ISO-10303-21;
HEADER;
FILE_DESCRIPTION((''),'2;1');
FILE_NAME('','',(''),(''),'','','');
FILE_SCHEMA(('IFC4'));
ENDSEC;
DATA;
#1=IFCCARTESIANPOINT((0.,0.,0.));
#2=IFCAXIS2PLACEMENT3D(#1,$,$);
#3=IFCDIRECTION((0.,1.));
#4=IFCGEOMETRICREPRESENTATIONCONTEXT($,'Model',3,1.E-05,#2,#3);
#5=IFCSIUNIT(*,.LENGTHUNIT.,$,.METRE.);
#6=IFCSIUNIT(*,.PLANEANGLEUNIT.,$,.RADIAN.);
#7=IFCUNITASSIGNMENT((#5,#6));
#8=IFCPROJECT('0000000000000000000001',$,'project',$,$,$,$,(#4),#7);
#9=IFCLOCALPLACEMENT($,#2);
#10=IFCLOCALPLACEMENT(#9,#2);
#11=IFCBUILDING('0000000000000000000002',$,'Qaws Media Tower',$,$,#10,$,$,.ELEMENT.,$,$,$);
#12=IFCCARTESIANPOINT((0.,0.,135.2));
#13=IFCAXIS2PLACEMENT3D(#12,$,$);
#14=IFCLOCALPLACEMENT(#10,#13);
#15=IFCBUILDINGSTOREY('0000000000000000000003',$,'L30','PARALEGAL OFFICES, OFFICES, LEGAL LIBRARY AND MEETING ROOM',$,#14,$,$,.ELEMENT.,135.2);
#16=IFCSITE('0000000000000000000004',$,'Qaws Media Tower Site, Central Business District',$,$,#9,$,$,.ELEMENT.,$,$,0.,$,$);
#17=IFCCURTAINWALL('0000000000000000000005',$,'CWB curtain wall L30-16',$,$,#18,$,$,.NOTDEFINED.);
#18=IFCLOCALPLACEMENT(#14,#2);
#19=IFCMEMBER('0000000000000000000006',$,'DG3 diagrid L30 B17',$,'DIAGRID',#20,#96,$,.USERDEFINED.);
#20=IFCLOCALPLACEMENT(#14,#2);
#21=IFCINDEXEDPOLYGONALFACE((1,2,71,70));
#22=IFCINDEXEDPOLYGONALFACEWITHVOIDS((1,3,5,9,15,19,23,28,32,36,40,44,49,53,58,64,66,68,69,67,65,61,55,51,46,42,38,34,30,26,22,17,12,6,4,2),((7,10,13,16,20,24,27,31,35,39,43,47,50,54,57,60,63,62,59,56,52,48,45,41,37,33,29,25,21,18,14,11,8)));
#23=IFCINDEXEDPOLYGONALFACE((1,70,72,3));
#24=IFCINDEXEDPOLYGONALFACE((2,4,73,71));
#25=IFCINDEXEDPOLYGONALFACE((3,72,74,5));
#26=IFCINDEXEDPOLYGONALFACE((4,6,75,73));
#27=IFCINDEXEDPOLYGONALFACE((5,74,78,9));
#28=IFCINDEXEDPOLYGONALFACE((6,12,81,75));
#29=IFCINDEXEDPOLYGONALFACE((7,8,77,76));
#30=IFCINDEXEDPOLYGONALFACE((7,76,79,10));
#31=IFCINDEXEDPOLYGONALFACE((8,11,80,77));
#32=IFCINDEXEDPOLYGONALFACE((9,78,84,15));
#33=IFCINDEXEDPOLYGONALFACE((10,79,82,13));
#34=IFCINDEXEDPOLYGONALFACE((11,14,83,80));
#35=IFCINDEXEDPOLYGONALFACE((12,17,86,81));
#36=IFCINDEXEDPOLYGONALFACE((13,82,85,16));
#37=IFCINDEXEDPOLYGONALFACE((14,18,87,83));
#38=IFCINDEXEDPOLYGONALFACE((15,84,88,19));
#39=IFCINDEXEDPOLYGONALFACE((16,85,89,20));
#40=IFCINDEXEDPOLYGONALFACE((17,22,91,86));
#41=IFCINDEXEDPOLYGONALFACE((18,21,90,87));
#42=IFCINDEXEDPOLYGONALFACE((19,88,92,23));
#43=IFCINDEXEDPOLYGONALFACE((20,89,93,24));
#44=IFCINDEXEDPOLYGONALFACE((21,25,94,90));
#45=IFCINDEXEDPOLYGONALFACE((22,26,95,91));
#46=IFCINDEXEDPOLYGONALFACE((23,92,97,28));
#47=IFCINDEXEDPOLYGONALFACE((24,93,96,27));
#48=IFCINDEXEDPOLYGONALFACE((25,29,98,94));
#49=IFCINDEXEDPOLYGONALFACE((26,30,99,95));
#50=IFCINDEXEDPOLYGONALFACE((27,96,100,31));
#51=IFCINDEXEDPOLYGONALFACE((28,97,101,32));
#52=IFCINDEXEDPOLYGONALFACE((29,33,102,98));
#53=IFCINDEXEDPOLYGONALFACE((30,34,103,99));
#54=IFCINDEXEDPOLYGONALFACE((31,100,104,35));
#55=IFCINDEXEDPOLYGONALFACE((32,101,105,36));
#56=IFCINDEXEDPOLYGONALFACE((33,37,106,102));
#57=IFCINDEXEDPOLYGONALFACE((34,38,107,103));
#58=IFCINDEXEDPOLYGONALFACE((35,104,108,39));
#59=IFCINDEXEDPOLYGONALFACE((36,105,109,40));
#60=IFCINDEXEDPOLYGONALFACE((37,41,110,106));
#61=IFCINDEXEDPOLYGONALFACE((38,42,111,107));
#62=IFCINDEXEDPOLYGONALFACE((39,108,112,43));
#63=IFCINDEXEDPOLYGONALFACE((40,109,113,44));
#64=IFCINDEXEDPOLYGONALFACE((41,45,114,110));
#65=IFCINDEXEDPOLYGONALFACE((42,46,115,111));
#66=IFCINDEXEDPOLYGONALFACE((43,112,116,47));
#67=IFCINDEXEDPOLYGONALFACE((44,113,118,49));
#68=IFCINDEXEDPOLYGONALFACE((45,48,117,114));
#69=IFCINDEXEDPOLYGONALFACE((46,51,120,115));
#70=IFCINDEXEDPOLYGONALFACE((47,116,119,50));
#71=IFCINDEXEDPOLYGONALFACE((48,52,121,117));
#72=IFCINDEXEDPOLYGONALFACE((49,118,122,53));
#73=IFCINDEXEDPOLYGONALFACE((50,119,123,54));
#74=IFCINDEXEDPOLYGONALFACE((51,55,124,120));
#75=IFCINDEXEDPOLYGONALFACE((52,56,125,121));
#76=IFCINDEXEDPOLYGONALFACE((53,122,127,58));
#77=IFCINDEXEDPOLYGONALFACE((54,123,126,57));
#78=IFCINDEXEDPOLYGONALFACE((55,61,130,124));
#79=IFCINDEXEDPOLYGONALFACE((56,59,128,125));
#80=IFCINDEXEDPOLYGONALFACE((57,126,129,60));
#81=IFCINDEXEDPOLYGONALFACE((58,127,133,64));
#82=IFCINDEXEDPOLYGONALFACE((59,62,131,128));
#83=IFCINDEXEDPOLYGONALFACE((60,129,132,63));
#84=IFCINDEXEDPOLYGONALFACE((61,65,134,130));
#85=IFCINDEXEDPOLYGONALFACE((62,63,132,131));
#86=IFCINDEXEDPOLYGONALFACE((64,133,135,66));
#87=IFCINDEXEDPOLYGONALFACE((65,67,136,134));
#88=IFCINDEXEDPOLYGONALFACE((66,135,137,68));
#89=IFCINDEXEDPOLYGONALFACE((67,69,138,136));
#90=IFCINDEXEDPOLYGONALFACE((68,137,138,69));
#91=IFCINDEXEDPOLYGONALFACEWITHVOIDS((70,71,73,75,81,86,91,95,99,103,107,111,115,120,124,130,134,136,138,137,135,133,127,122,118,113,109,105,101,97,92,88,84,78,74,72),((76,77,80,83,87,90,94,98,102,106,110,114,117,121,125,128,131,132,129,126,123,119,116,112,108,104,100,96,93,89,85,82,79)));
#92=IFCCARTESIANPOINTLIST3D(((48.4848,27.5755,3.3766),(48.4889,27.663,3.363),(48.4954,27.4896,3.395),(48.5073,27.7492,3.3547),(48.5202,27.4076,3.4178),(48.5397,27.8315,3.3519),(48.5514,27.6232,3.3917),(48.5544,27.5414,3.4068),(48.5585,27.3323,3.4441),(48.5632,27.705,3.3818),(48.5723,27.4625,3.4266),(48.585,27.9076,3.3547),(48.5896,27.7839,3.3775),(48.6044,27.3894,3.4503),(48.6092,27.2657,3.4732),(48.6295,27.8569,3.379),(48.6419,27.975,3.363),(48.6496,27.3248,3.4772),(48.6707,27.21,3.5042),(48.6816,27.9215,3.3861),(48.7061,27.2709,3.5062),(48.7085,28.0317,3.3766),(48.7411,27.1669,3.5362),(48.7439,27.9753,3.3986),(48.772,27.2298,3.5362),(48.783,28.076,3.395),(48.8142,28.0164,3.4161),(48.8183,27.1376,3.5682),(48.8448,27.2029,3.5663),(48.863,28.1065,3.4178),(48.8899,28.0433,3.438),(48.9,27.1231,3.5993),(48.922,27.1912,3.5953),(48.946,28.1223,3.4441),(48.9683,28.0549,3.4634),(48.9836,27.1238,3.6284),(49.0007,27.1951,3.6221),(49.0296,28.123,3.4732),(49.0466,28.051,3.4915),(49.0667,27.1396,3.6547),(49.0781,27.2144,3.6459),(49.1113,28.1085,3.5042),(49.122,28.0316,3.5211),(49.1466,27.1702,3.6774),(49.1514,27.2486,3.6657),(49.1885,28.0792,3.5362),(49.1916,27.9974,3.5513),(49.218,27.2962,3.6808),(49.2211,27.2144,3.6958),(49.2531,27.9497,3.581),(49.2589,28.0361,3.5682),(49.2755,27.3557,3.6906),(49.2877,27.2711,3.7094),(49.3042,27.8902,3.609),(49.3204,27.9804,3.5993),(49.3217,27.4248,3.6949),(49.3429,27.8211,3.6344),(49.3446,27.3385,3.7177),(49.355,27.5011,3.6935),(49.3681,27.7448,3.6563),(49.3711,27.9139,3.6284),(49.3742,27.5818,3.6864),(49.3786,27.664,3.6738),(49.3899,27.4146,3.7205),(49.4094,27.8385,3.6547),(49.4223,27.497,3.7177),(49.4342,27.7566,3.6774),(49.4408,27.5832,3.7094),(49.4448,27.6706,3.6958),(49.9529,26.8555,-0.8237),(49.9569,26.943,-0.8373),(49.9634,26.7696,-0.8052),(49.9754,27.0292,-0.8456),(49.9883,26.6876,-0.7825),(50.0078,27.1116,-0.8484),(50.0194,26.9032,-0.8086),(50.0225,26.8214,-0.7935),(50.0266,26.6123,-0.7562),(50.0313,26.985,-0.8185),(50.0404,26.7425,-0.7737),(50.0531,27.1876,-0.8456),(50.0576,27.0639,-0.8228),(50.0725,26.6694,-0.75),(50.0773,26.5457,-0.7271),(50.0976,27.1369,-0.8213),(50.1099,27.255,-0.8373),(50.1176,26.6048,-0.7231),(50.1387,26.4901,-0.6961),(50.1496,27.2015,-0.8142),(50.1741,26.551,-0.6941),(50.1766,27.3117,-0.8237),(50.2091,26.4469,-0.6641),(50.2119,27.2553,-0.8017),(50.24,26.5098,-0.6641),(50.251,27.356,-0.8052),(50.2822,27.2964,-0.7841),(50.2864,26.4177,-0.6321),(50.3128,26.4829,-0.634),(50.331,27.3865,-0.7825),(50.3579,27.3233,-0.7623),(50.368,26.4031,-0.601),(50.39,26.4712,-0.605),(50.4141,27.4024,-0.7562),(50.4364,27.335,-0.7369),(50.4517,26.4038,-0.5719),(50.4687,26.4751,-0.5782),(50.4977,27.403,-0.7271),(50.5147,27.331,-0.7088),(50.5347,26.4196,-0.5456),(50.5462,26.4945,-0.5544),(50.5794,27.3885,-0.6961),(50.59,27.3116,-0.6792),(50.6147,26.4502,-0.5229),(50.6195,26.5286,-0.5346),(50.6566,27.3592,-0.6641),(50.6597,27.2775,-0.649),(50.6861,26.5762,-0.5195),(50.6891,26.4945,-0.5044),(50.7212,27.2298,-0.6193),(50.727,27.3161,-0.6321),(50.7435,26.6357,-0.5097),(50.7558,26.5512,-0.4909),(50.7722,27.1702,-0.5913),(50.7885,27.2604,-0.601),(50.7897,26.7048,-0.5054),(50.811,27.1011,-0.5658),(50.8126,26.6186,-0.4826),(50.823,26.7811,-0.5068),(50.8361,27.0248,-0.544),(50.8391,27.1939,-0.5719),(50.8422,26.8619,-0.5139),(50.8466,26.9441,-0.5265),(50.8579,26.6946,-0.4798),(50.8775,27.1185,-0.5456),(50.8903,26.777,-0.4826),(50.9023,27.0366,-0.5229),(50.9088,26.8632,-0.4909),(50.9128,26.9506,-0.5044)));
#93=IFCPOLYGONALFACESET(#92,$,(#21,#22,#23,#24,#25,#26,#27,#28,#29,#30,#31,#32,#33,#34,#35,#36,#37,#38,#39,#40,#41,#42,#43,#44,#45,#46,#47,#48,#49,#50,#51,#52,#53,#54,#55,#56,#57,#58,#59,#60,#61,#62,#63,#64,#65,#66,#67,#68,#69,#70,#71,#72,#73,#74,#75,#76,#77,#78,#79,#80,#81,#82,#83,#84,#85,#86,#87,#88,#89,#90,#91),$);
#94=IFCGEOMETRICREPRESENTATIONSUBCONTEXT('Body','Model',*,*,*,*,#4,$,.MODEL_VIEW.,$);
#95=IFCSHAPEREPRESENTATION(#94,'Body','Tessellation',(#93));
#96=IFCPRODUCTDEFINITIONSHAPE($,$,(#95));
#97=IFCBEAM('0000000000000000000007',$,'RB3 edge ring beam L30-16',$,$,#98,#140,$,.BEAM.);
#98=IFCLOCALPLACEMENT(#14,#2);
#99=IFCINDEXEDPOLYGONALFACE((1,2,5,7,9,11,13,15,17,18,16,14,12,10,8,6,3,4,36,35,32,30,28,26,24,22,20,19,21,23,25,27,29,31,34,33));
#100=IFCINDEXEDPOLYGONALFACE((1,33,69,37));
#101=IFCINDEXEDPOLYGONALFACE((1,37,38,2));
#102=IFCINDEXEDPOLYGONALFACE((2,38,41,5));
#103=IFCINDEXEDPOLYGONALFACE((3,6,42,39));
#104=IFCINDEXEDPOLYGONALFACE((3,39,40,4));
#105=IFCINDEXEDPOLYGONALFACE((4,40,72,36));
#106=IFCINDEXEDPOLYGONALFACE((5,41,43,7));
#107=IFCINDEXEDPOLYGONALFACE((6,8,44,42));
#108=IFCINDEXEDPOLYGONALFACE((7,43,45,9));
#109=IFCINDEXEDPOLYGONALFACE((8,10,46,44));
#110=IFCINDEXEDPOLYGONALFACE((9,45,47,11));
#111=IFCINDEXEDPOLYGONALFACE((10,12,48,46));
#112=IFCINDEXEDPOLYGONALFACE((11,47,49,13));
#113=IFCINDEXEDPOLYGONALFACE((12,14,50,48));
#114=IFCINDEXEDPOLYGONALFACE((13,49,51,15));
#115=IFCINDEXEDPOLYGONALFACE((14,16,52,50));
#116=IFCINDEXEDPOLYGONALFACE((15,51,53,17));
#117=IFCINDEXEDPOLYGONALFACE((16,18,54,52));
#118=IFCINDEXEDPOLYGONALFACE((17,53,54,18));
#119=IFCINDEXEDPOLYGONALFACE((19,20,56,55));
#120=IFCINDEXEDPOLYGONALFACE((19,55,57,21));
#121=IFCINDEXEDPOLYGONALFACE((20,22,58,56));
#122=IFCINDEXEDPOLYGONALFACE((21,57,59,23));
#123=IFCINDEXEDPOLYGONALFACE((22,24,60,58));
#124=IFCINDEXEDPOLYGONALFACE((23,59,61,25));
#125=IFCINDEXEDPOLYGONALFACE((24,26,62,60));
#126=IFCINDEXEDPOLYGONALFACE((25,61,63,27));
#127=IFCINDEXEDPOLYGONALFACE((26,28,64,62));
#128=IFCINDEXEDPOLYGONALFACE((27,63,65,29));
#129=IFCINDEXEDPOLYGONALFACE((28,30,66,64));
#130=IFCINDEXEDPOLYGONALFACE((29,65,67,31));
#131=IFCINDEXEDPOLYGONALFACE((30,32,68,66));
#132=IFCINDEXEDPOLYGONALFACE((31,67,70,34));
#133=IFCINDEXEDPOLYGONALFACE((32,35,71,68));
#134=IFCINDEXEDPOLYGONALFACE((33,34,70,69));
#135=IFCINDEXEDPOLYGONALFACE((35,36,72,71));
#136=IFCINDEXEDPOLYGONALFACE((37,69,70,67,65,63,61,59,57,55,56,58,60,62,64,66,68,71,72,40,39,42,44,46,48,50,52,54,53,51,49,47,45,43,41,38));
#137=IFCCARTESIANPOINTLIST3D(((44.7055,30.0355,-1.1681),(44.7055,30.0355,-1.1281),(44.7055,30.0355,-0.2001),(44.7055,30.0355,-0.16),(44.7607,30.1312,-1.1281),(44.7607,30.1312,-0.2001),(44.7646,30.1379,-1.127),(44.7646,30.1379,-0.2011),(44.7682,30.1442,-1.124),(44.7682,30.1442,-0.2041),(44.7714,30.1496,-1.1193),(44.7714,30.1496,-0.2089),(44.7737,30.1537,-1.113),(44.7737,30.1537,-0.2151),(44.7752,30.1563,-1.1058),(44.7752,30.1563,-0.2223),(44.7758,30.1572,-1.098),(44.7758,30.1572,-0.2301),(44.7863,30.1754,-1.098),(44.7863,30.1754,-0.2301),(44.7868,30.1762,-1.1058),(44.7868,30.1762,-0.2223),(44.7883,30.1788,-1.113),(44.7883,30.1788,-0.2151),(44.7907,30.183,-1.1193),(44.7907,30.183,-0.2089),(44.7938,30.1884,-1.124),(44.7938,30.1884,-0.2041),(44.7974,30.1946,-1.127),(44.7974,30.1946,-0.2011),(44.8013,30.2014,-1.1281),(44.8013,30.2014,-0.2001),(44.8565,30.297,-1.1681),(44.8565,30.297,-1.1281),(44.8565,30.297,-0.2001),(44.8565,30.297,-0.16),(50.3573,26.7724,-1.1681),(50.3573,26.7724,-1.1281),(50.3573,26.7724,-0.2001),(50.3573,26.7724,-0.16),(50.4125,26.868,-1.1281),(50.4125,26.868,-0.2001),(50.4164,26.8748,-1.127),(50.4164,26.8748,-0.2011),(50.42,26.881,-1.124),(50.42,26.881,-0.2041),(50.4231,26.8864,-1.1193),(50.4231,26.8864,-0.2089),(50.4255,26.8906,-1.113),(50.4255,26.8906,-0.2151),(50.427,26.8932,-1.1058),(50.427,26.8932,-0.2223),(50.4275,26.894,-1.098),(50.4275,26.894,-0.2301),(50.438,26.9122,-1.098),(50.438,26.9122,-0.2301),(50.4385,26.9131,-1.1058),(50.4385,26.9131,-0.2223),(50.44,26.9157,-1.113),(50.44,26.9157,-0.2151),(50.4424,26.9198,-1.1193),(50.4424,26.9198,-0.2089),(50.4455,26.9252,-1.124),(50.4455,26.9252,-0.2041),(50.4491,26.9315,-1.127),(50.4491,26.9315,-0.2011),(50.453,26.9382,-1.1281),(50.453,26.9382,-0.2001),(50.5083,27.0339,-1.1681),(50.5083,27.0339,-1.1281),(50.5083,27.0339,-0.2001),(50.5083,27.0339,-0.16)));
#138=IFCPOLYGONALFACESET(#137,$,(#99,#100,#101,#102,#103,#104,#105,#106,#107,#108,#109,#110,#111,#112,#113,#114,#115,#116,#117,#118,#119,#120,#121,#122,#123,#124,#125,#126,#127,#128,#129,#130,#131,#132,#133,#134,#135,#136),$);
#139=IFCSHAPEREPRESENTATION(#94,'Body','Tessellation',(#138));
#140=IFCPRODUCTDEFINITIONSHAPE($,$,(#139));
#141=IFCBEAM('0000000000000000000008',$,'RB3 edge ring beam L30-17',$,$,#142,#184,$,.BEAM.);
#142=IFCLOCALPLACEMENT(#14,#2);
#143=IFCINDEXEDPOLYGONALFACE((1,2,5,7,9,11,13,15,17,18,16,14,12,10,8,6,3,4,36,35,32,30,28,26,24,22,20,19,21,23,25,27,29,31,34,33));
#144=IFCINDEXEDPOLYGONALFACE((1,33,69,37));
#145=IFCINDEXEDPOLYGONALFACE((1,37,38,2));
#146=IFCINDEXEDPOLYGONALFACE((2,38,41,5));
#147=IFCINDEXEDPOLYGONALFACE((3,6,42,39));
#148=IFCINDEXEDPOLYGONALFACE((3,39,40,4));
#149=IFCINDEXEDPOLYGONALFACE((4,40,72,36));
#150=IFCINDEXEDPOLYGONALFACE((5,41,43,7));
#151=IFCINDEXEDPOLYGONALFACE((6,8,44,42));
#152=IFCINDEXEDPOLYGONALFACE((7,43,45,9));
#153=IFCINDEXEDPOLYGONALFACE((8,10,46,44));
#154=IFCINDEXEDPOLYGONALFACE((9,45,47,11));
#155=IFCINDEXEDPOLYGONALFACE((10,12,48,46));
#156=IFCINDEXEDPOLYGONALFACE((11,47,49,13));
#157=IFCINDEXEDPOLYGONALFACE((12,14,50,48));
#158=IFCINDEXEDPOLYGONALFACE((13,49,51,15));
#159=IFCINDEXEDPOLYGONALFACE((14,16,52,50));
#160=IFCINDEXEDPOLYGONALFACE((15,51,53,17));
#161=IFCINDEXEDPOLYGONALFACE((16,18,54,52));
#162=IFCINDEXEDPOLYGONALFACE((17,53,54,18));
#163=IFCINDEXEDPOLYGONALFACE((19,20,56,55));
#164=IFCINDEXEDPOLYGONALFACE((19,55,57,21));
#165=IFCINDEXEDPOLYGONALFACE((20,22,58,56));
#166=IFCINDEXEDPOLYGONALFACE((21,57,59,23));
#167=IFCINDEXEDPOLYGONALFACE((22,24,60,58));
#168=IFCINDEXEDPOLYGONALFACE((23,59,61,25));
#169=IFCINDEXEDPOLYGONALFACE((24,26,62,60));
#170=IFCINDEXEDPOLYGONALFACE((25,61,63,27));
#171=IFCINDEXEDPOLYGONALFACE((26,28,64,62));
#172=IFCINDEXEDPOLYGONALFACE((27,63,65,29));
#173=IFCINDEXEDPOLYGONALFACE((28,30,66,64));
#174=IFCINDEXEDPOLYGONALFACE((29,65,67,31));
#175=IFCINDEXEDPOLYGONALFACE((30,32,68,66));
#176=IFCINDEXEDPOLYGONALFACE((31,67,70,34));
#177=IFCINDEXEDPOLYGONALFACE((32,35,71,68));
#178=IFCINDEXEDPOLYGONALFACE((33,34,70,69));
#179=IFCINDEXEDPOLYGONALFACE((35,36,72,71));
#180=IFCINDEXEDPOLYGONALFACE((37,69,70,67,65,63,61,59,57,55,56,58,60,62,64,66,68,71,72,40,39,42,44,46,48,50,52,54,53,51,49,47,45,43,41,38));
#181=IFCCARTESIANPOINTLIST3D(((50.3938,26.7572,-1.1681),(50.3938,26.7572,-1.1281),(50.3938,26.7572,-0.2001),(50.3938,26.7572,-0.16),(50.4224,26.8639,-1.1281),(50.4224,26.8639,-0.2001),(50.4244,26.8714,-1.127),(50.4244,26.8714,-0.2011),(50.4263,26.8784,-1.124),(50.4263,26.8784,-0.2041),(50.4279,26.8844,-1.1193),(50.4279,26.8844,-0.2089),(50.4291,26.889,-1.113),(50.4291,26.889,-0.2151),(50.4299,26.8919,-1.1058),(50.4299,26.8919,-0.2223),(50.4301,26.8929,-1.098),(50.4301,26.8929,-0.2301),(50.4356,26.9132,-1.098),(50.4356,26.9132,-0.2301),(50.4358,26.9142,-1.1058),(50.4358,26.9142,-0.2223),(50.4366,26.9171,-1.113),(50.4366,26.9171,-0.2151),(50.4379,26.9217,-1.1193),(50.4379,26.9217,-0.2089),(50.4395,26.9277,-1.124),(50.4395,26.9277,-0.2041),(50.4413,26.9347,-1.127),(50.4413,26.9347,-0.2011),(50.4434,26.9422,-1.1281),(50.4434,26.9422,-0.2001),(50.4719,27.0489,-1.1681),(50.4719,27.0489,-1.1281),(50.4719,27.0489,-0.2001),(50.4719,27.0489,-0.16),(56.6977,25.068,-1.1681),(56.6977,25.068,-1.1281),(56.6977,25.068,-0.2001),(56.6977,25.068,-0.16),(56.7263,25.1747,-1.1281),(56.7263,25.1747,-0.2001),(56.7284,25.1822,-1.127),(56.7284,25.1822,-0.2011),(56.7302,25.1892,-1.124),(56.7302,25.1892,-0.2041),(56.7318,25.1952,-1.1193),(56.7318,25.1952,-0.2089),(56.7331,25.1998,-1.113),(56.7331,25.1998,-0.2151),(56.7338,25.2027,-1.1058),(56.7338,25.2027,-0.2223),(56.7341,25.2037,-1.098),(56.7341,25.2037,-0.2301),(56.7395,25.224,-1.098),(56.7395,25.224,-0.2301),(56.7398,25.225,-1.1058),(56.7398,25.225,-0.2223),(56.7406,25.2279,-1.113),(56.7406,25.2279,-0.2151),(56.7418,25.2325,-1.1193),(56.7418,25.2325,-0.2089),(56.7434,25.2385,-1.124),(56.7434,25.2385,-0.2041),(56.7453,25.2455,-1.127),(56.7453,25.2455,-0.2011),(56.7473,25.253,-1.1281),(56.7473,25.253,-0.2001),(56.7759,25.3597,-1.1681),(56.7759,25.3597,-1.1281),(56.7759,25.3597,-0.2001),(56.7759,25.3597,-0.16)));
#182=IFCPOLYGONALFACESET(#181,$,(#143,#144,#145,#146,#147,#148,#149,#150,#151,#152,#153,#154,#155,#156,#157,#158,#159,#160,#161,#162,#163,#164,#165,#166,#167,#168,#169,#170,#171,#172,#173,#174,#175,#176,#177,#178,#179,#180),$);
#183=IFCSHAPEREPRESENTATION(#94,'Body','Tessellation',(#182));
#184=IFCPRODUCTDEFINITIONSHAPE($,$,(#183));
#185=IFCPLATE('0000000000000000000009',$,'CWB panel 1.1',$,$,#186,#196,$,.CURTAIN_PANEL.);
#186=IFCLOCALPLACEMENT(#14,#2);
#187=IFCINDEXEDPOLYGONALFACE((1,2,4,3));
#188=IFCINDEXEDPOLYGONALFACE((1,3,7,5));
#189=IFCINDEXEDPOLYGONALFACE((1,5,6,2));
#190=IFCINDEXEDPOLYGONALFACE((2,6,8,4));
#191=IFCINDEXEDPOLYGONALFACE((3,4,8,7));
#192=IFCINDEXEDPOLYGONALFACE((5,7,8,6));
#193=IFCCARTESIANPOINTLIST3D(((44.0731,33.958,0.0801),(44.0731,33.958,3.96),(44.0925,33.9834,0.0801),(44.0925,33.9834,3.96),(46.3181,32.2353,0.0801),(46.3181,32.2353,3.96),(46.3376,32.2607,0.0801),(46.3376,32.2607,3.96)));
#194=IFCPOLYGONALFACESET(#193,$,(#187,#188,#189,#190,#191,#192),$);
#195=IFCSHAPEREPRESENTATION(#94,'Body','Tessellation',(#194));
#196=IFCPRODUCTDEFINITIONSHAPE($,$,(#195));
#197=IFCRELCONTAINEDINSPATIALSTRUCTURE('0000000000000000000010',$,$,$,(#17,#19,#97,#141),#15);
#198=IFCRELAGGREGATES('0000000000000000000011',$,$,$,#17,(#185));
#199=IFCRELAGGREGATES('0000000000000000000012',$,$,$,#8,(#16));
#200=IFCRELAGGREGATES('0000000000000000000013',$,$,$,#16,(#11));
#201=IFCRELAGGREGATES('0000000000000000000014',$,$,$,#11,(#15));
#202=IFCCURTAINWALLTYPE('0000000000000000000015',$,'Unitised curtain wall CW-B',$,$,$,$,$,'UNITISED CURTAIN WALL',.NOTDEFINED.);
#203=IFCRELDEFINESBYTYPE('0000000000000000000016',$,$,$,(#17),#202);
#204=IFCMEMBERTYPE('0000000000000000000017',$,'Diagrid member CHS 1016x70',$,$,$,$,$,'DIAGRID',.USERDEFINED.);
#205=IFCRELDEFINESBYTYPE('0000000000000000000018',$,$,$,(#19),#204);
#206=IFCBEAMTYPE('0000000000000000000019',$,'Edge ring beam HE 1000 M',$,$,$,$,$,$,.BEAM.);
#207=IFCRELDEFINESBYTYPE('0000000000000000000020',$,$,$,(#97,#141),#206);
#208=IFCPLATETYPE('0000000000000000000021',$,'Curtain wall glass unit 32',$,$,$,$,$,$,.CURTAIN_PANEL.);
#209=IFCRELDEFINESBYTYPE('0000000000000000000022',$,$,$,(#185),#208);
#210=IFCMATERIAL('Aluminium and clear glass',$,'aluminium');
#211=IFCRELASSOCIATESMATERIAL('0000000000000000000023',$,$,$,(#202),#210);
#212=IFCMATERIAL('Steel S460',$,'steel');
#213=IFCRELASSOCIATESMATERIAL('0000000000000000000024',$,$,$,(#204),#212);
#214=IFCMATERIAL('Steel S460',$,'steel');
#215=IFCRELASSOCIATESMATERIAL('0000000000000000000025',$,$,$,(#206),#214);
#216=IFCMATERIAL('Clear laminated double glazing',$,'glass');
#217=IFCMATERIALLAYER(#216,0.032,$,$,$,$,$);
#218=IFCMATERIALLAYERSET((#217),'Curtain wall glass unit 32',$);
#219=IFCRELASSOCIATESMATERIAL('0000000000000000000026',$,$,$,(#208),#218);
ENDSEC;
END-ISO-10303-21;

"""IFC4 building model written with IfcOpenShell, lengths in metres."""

from ifc_helpers import new_model, si_unit, direction, frame, origin, origin_2d, place, context, subcontext, project, spatial, rectangle, hollow_circle, i_section, extrude, material, layer, layer_set, material_profile, profile_set, type_object, element, aggregate, save


model = new_model("IFC4")

# Units and contexts
model_context = context("Model", 3, precision=1e-05, world=origin(), true_north=direction((0.0, 1.0)))
body_context = subcontext(model_context, "Body", "Model", "MODEL_VIEW")
ifc_project = project(units=[si_unit("LENGTHUNIT", "METRE"), si_unit("PLANEANGLEUNIT", "RADIAN")], contexts=[model_context])

# Site, building, storey
site_placement = place(None, origin())
site = spatial("IfcSite", under=ifc_project, at=site_placement, Name="Qaws Media Tower Site, Central Business District", CompositionType="ELEMENT", RefElevation=0.0)
building_placement = place(site_placement, origin())
building = spatial("IfcBuilding", under=site, at=building_placement, Name="Qaws Media Tower", CompositionType="ELEMENT")
storey_placement = place(building_placement, frame((0.0, 0.0, 135.2)))
storey = spatial("IfcBuildingStorey", under=building, at=storey_placement, Name="L30", Description="PARALEGAL OFFICES, OFFICES, LEGAL LIBRARY AND MEETING ROOM", CompositionType="ELEMENT", Elevation=135.2)

# Shared definitions
ifc_material_1 = material(Name="Aluminium and clear glass", Category="aluminium")
curtain_wall_type = type_object("IfcCurtainWallType", Name="Unitised curtain wall CW-B", ElementType="UNITISED CURTAIN WALL", PredefinedType="NOTDEFINED", material=ifc_material_1)

# Curtain wall
curtain_wall_1_placement = place(storey_placement, origin())
curtain_wall_1 = element("IfcCurtainWall", 1, at=curtain_wall_1_placement, inside=storey, type_object=curtain_wall_type, Name="CWB curtain wall L30-16", PredefinedType="NOTDEFINED")

# Member
ifc_material_2 = material(Name="Steel S460", Category="steel")
ifc_material_profile_1 = material_profile(ifc_material_2, hollow_circle(Radius=0.5081, WallThickness=0.0701, at=origin_2d()), Name="CHS 1016x70")
ifc_profile_set_1 = profile_set([ifc_material_profile_1], Name="Steel S460")
member_type_1 = type_object("IfcMemberType", Name="Diagrid member CHS 1016x70", ElementType="DIAGRID", PredefinedType="USERDEFINED", material=ifc_profile_set_1)
for number, where, z_axis, x_axis, name in (
    (2, (50.4329, 26.9031, -0.6641), (-0.325703, 0.159737, 0.931881), (-0.440332, -0.897835, 0.0), "DG3 diagrid L30 B17"),
):
    element("IfcMember", number, at=place(storey_placement, frame(where, z_axis=z_axis, x_axis=x_axis)), inside=storey, type_object=member_type_1, Name=name, ObjectType="DIAGRID", PredefinedType="USERDEFINED", context=body_context, shape_type="SweptSolid", body=[
        extrude(hollow_circle(Radius=0.5081, WallThickness=0.0701, at=origin_2d()), origin(), (0.0, 0.0, 1.0), 4.5073),
    ])

# Beams
ifc_material_3 = material(Name="Steel S460", Category="steel")
ifc_material_profile_2 = material_profile(ifc_material_3, i_section(OverallWidth=0.302, OverallDepth=1.0081, WebThickness=0.021, FlangeThickness=0.04, FilletRadius=0.03, at=origin_2d()), Name="HE 1000 M")
ifc_profile_set_2 = profile_set([ifc_material_profile_2], Name="Steel S460")
beam_type = type_object("IfcBeamType", Name="Edge ring beam HE 1000 M", PredefinedType="BEAM", material=ifc_profile_set_2)
beam_1_placement = place(storey_placement, frame((44.781, 30.1663, -0.6641), z_axis=(0.86602, -0.50001, 0.0), x_axis=(0.50001, 0.86602, 0.0)))
element("IfcBeam", 3, at=beam_1_placement, inside=storey, type_object=beam_type, Name="RB3 edge ring beam L30-16", PredefinedType="BEAM", context=body_context, shape_type="SweptSolid", body=[
    extrude(i_section(OverallWidth=0.302, OverallDepth=1.0081, WebThickness=0.021, FlangeThickness=0.04, FilletRadius=0.03, at=origin_2d()), origin(), (0.0, 0.0, 1.0), 6.5261),
])
beam_2_placement = place(storey_placement, frame((50.4329, 26.9031, -0.6641), z_axis=(0.965923, -0.258829, 0.0), x_axis=(0.258829, 0.965923, 0.0)))
element("IfcBeam", 4, at=beam_2_placement, inside=storey, type_object=beam_type, Name="RB3 edge ring beam L30-17", PredefinedType="BEAM", context=body_context, shape_type="SweptSolid", body=[
    extrude(i_section(OverallWidth=0.302, OverallDepth=1.0081, WebThickness=0.021, FlangeThickness=0.04, FilletRadius=0.03, at=origin_2d()), origin(), (0.0, 0.0, 1.0), 6.5264),
])

# Plate
ifc_material_4 = material(Name="Clear laminated double glazing", Category="glass")
ifc_layer_1 = layer(ifc_material_4, 0.032)
ifc_layer_set_1 = layer_set([ifc_layer_1], Name="Curtain wall glass unit 32")
plate_type_1 = type_object("IfcPlateType", Name="Curtain wall glass unit 32", PredefinedType="CURTAIN_PANEL", material=ifc_layer_set_1)
plate_1_placement = place(storey_placement, frame((45.2053, 33.1094, 0.0801), z_axis=(0.0, 0.0, 1.0), x_axis=(0.793353, -0.608761, 0.0)))
plate_1 = element("IfcPlate", 5, at=plate_1_placement, type_object=plate_type_1, Name="CWB panel 1.1", PredefinedType="CURTAIN_PANEL", context=body_context, shape_type="SweptSolid", body=[
    extrude(rectangle(XDim=2.8298, YDim=0.032, at=origin_2d()), origin(), (0.0, 0.0, 1.0), 3.8799),
])
aggregate(curtain_wall_1, [plate_1])

save(model, "model.ifc")
